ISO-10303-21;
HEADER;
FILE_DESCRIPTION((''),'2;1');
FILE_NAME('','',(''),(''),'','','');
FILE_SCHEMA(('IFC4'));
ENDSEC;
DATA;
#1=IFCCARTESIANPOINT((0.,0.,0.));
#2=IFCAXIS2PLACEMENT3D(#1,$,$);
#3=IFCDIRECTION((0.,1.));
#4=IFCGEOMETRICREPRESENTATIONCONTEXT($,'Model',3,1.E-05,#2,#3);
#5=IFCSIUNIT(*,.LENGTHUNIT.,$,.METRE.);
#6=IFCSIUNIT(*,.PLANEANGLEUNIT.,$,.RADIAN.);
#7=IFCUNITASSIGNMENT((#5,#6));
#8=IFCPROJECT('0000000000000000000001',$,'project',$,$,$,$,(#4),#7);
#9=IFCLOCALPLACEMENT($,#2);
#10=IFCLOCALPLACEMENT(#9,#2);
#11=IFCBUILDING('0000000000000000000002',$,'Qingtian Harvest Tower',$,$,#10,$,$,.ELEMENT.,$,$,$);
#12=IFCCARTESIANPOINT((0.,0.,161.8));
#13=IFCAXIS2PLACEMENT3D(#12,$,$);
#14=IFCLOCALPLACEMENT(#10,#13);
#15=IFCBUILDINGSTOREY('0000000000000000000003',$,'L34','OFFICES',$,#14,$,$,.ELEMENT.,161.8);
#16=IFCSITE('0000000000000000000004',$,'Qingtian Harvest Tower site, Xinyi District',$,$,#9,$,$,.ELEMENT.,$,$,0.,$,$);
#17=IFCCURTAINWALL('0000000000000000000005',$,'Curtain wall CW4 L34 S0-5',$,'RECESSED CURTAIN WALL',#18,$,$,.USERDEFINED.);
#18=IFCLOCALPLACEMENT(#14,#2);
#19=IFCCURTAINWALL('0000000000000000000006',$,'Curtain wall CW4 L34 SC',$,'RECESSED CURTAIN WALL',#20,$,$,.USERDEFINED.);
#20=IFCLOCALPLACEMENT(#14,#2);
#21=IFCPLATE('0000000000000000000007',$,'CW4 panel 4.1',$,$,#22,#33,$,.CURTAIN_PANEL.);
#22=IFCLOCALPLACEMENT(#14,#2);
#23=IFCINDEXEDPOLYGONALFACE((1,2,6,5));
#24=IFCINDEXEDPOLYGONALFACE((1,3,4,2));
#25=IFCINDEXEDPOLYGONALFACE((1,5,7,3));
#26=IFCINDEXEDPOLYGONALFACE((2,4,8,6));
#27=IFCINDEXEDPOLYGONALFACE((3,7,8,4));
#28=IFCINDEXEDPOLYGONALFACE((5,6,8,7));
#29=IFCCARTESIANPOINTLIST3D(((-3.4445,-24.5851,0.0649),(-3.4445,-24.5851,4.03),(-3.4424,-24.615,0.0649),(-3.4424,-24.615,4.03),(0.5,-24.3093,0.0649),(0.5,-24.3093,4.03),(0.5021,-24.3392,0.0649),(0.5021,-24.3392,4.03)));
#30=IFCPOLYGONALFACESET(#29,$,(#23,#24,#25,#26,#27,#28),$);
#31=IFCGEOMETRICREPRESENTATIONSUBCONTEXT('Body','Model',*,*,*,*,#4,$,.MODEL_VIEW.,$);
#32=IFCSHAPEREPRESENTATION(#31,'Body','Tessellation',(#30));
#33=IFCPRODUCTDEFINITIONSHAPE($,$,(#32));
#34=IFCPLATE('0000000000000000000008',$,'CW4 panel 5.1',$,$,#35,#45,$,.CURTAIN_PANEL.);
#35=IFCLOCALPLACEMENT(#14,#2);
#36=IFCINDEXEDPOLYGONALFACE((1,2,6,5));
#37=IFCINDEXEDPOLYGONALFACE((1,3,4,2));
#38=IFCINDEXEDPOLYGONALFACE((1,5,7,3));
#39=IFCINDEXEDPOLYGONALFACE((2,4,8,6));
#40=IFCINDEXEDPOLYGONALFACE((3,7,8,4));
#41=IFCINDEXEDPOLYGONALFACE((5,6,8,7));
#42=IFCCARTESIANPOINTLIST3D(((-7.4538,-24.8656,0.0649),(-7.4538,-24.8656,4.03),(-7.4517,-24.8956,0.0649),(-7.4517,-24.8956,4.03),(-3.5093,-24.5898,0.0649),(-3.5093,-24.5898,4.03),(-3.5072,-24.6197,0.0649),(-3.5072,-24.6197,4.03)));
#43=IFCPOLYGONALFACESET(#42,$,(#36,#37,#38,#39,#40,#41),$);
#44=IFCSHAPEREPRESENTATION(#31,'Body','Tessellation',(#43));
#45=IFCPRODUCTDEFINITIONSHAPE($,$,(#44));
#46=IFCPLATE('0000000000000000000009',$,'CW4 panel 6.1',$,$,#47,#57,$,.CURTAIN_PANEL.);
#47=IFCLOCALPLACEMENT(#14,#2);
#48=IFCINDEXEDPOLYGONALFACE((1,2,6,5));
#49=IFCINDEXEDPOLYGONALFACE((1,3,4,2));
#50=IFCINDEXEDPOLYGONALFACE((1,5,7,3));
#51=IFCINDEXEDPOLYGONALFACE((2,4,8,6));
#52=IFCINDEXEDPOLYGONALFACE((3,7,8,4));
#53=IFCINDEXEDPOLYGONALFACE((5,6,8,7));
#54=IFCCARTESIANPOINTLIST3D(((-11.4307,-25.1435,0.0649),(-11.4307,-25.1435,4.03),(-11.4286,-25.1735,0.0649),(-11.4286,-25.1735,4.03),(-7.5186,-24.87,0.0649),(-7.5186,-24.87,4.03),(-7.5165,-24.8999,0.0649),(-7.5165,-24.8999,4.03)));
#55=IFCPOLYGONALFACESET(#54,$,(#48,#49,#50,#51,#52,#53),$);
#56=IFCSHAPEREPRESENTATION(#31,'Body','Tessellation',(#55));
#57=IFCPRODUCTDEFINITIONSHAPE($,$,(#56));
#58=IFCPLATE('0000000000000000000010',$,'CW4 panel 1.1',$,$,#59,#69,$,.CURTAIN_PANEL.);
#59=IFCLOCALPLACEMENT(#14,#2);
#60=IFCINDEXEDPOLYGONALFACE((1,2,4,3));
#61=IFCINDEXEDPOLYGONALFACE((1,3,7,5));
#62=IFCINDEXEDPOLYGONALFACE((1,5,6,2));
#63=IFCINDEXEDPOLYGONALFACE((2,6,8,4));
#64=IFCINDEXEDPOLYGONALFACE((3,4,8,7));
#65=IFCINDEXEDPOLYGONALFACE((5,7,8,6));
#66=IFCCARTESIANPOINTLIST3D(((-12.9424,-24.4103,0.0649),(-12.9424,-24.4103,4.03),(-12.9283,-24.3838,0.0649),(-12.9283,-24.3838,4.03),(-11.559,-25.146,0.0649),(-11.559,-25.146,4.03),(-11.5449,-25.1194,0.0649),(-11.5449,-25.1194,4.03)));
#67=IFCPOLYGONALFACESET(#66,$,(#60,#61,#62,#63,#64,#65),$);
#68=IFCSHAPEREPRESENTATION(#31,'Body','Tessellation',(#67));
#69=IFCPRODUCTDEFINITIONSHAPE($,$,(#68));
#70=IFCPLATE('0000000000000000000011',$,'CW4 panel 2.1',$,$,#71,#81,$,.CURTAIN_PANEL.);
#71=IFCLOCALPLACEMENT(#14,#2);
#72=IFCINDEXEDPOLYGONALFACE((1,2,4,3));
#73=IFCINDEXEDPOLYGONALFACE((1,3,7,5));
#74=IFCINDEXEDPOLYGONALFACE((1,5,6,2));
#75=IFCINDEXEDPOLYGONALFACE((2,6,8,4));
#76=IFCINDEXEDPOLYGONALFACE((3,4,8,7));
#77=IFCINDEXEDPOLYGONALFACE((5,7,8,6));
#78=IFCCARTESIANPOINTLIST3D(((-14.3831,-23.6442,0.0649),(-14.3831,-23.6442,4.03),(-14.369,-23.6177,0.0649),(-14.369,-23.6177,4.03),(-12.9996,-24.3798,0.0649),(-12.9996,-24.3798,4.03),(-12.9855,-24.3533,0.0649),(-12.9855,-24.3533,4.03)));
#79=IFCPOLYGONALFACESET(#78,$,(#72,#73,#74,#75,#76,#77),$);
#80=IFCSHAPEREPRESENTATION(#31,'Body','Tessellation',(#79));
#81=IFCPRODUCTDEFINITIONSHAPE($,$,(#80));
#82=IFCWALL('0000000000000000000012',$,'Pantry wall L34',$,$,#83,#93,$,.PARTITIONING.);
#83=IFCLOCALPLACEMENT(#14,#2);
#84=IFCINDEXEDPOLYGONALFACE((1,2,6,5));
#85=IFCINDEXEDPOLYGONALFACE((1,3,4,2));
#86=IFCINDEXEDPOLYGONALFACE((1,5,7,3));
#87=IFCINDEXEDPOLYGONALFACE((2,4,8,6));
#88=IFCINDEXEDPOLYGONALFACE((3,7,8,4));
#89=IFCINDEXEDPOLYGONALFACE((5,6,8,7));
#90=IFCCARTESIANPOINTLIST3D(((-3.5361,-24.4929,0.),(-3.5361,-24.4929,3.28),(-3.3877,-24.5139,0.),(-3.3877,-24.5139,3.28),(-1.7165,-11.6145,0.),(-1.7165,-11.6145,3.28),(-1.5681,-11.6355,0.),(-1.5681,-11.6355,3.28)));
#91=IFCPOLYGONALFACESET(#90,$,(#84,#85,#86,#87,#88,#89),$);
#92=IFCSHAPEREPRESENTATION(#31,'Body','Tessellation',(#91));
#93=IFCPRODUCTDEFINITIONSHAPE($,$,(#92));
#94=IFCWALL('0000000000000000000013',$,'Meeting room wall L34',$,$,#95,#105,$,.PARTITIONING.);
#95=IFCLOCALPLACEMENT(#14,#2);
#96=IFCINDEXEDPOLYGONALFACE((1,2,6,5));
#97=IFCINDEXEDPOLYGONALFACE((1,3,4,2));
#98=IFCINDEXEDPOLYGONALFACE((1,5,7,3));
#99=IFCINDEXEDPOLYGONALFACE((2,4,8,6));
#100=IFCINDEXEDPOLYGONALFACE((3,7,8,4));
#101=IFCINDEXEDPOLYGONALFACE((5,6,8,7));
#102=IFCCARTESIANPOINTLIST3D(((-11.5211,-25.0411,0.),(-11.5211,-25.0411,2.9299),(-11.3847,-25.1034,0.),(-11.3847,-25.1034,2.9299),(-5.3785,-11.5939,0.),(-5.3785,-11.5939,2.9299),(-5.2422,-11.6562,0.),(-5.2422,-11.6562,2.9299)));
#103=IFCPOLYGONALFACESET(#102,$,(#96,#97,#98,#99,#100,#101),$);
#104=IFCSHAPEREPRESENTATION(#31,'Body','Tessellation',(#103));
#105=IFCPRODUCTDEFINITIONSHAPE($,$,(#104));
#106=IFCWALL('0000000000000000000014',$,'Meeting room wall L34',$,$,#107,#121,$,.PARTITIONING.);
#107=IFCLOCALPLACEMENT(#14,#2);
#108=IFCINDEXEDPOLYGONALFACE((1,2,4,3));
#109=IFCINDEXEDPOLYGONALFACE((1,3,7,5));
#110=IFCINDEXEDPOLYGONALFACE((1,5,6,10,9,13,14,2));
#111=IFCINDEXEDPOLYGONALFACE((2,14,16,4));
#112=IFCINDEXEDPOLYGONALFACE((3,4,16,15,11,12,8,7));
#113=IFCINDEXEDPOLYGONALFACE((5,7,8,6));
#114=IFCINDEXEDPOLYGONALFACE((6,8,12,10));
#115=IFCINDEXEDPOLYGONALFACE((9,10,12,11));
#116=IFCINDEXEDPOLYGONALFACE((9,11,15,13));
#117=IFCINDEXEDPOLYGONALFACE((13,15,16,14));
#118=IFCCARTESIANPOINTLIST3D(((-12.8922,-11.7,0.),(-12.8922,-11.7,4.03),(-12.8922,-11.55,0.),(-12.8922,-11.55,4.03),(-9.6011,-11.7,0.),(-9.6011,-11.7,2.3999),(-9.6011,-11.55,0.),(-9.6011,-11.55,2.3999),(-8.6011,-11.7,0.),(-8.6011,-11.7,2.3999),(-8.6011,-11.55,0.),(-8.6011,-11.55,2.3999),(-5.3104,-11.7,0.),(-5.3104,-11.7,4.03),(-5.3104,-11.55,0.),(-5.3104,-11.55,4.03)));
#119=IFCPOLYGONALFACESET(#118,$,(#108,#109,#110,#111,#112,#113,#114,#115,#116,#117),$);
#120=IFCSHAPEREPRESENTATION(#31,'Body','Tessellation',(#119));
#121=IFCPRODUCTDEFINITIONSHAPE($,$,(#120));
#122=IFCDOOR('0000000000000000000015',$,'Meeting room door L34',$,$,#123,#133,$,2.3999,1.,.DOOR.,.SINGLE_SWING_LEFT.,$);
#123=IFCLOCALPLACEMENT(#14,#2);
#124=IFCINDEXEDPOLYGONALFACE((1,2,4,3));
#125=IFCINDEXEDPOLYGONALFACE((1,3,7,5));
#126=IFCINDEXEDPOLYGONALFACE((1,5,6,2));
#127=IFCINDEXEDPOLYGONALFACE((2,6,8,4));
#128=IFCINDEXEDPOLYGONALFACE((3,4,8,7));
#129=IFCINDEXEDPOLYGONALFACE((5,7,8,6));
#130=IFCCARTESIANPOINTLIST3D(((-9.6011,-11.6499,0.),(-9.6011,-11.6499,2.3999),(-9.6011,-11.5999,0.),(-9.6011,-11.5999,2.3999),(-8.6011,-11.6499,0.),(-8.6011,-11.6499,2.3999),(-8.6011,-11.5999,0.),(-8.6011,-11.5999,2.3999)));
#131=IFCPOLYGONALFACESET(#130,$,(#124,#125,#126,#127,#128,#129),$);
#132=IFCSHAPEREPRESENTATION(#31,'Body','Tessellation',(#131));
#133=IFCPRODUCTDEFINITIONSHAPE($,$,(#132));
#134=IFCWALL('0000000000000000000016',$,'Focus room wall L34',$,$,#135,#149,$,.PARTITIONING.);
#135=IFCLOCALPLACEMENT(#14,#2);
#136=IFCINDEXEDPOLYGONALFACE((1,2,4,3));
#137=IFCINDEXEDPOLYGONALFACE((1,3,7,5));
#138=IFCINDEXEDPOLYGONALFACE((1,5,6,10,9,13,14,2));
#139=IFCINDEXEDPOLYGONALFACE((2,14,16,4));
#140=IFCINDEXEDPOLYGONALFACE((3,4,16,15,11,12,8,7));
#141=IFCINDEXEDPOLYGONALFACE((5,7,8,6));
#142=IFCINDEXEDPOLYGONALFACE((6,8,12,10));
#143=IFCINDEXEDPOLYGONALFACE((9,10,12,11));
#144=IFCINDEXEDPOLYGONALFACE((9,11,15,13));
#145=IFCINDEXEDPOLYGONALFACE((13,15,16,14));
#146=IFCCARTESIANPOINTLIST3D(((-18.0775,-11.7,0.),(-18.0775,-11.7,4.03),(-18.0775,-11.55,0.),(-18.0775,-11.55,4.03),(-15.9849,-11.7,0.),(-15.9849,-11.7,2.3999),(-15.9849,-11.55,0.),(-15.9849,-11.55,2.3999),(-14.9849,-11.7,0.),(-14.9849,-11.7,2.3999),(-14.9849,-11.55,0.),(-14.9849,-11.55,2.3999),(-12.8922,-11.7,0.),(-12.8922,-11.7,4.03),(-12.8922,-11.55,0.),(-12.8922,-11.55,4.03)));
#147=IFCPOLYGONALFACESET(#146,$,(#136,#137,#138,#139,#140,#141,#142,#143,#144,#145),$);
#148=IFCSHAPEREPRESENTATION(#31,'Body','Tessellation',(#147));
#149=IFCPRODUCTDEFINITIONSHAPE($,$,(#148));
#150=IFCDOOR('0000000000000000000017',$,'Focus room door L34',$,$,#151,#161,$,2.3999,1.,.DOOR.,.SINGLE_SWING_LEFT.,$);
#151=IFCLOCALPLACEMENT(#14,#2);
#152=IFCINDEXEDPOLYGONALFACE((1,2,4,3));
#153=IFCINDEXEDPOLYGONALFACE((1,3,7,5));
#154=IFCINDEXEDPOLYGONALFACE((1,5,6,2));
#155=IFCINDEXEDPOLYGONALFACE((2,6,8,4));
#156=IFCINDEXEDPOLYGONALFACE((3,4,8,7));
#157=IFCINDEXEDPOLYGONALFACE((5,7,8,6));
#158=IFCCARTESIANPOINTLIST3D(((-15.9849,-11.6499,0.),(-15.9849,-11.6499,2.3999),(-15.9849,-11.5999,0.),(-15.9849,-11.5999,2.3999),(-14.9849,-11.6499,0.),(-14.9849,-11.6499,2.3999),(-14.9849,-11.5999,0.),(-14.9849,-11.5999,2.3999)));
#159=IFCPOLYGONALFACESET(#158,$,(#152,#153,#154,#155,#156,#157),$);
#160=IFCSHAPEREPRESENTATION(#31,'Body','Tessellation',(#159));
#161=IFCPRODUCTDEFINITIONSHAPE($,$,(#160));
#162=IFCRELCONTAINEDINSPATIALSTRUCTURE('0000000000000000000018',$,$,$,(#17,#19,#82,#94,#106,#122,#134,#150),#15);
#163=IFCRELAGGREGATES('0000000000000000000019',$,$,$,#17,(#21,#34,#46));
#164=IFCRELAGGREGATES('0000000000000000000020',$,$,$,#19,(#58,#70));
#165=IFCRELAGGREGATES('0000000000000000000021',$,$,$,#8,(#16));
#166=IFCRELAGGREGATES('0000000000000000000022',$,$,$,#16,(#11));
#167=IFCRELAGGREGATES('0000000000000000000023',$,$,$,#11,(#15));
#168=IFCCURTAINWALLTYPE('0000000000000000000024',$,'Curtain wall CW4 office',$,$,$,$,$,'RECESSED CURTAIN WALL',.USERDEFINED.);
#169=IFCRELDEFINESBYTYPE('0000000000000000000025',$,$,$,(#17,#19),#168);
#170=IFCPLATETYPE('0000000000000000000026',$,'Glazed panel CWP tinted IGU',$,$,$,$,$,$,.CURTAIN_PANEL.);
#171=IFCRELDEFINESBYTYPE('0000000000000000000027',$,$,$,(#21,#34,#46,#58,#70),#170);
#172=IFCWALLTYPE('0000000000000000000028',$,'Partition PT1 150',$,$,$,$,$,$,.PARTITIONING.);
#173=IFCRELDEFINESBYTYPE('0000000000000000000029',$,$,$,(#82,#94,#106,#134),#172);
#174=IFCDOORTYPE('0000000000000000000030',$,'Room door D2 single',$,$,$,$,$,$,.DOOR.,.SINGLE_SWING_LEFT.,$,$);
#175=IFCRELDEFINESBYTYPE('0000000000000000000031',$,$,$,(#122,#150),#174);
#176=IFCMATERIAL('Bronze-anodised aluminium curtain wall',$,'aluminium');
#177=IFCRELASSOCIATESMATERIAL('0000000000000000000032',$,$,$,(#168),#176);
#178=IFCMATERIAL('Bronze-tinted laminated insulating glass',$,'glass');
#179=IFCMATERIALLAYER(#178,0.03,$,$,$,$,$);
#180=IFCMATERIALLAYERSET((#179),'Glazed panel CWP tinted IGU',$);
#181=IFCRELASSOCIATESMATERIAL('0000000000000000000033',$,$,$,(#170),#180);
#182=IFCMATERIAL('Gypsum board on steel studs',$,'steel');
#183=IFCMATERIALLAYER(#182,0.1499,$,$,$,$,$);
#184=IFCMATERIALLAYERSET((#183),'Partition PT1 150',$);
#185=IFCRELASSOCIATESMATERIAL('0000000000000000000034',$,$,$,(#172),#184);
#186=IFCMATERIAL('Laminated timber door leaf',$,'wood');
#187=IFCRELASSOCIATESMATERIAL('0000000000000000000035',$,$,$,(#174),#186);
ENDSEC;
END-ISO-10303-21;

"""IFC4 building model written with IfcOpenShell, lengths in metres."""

from ifc_helpers import new_model, si_unit, direction, frame, frame_2d, origin, origin_2d, place, context, subcontext, project, spatial, rectangle, extrude, material, layer, layer_set, type_object, element, fill, aggregate, save


model = new_model("IFC4")

# Units and contexts
model_context = context("Model", 3, precision=1e-05, world=origin(), true_north=direction((0.0, 1.0)))
body_context = subcontext(model_context, "Body", "Model", "MODEL_VIEW")
ifc_project = project(units=[si_unit("LENGTHUNIT", "METRE"), si_unit("PLANEANGLEUNIT", "RADIAN")], contexts=[model_context])

# Site, building, storey
site_placement = place(None, origin())
site = spatial("IfcSite", under=ifc_project, at=site_placement, Name="Qingtian Harvest Tower site, Xinyi District", CompositionType="ELEMENT", RefElevation=0.0)
building_placement = place(site_placement, origin())
building = spatial("IfcBuilding", under=site, at=building_placement, Name="Qingtian Harvest Tower", CompositionType="ELEMENT")
storey_placement = place(building_placement, frame((0.0, 0.0, 161.8)))
storey = spatial("IfcBuildingStorey", under=building, at=storey_placement, Name="L34", Description="OFFICES", CompositionType="ELEMENT", Elevation=161.8)

# Curtain walls
ifc_material_1 = material(Name="Bronze-anodised aluminium curtain wall", Category="aluminium")
curtain_wall_type = type_object("IfcCurtainWallType", Name="Curtain wall CW4 office", ElementType="RECESSED CURTAIN WALL", PredefinedType="USERDEFINED", material=ifc_material_1)
curtain_wall_1_placement = place(storey_placement, origin())
curtain_wall_1 = element("IfcCurtainWall", 1, at=curtain_wall_1_placement, inside=storey, type_object=curtain_wall_type, Name="Curtain wall CW4 L34 S0-5", ObjectType="RECESSED CURTAIN WALL", PredefinedType="USERDEFINED")
curtain_wall_2_placement = place(storey_placement, origin())
curtain_wall_2 = element("IfcCurtainWall", 2, at=curtain_wall_2_placement, inside=storey, type_object=curtain_wall_type, Name="Curtain wall CW4 L34 SC", ObjectType="RECESSED CURTAIN WALL", PredefinedType="USERDEFINED")

# Plates
ifc_material_2 = material(Name="Bronze-tinted laminated insulating glass", Category="glass")
ifc_layer_1 = layer(ifc_material_2, 0.03)
ifc_layer_set_1 = layer_set([ifc_layer_1], Name="Glazed panel CWP tinted IGU")
plate_type = type_object("IfcPlateType", Name="Glazed panel CWP tinted IGU", PredefinedType="CURTAIN_PANEL", material=ifc_layer_set_1)
plate_1_placement = place(storey_placement, frame((-1.4712, -24.4622, 0.0649), z_axis=(0.0, 0.0, 1.0), x_axis=(-0.997564, -0.069756, 0.0)))
plate_1 = element("IfcPlate", 3, at=plate_1_placement, type_object=plate_type, Name="CW4 panel 4.1", PredefinedType="CURTAIN_PANEL", context=body_context, shape_type="SweptSolid", body=[
    extrude(rectangle(XDim=3.9541, YDim=0.03, at=origin_2d()), origin(), (0.0, 0.0, 1.0), 3.9651),
])
plate_2_placement = place(storey_placement, frame((-5.4805, -24.7427, 0.0649), z_axis=(0.0, 0.0, 1.0), x_axis=(-0.997564, -0.069756, 0.0)))
plate_2 = element("IfcPlate", 4, at=plate_2_placement, type_object=plate_type, Name="CW4 panel 5.1", PredefinedType="CURTAIN_PANEL", context=body_context, shape_type="SweptSolid", body=[
    extrude(rectangle(XDim=3.9541, YDim=0.03, at=origin_2d()), origin(), (0.0, 0.0, 1.0), 3.9651),
])
plate_3_placement = place(storey_placement, frame((-9.4736, -25.0217, 0.0649), z_axis=(0.0, 0.0, 1.0), x_axis=(-0.997564, -0.069756, 0.0)))
plate_3 = element("IfcPlate", 5, at=plate_3_placement, type_object=plate_type, Name="CW4 panel 6.1", PredefinedType="CURTAIN_PANEL", context=body_context, shape_type="SweptSolid", body=[
    extrude(rectangle(XDim=3.9216, YDim=0.03, at=origin_2d()), origin(), (0.0, 0.0, 1.0), 3.9651),
])
aggregate(curtain_wall_1, [plate_1, plate_2, plate_3])
plate_4_placement = place(storey_placement, frame((-12.2437, -24.7649, 0.0649), z_axis=(0.0, 0.0, 1.0), x_axis=(-0.882948, 0.469472, 0.0)))
plate_4 = element("IfcPlate", 6, at=plate_4_placement, type_object=plate_type, Name="CW4 panel 1.1", PredefinedType="CURTAIN_PANEL", context=body_context, shape_type="SweptSolid", body=[
    extrude(rectangle(XDim=1.5669, YDim=0.03, at=origin_2d()), origin(), (0.0, 0.0, 1.0), 3.9651),
])
plate_5_placement = place(storey_placement, frame((-13.6843, -23.9988, 0.0649), z_axis=(0.0, 0.0, 1.0), x_axis=(-0.882948, 0.469472, 0.0)))
plate_5 = element("IfcPlate", 7, at=plate_5_placement, type_object=plate_type, Name="CW4 panel 2.1", PredefinedType="CURTAIN_PANEL", context=body_context, shape_type="SweptSolid", body=[
    extrude(rectangle(XDim=1.5669, YDim=0.03, at=origin_2d()), origin(), (0.0, 0.0, 1.0), 3.9651),
])
aggregate(curtain_wall_2, [plate_4, plate_5])

# Walls
ifc_material_3 = material(Name="Gypsum board on steel studs", Category="steel")
ifc_layer_2 = layer(ifc_material_3, 0.1499)
ifc_layer_set_2 = layer_set([ifc_layer_2], Name="Partition PT1 150")
wall_type = type_object("IfcWallType", Name="Partition PT1 150", PredefinedType="PARTITIONING", material=ifc_layer_set_2)
wall_1_placement = place(storey_placement, frame((-3.4619, -24.5034, 0.0), z_axis=(0.0, 0.0, 1.0), x_axis=(0.1399, 0.990166, 0.0)))
element("IfcWall", 8, at=wall_1_placement, inside=storey, type_object=wall_type, Name="Pantry wall L34", PredefinedType="PARTITIONING", context=body_context, shape_type="SweptSolid", body=[
    extrude(rectangle(XDim=13.0063, YDim=0.1499, at=frame_2d((6.5032, 0.0))), origin(), (0.0, 0.0, 1.0), 3.28),
])
wall_2_placement = place(storey_placement, frame((-11.4529, -25.0723, 0.0), z_axis=(0.0, 0.0, 1.0), x_axis=(0.415494, 0.909596, 0.0)))
element("IfcWall", 9, at=wall_2_placement, inside=storey, type_object=wall_type, Name="Meeting room wall L34", PredefinedType="PARTITIONING", context=body_context, shape_type="SweptSolid", body=[
    extrude(rectangle(XDim=14.7837, YDim=0.1499, at=frame_2d((7.3918, 0.0))), origin(), (0.0, 0.0, 1.0), 2.9299),
])

# Walls, openings, doors
wall_3_placement = place(storey_placement, frame((-5.3103, -11.625, 0.0), z_axis=(0.0, 0.0, 1.0), x_axis=(-1.0, 0.0, 0.0)))
wall_3 = element("IfcWall", 10, at=wall_3_placement, inside=storey, type_object=wall_type, Name="Meeting room wall L34", PredefinedType="PARTITIONING", context=body_context, shape_type="SweptSolid", body=[
    extrude(rectangle(XDim=7.5818, YDim=0.1499, at=frame_2d((3.791, 0.0))), origin(), (0.0, 0.0, 1.0), 4.03),
])
opening_1_placement = place(wall_3_placement, frame((3.2908, 0.0, 0.0)))
opening_1 = element("IfcOpeningElement", 11, at=opening_1_placement, cuts=wall_3, PredefinedType="OPENING", context=body_context, shape_type="SweptSolid", body=[
    extrude(rectangle(XDim=1.0, YDim=2.3999, at=frame_2d((0.5, 1.2))), frame((0.0, 0.085, 0.0), z_axis=(0.0, -1.0, 0.0), x_axis=(1.0, 0.0, 0.0)), (0.0, 0.0, 1.0), 0.1699),
])
ifc_material_4 = material(Name="Laminated timber door leaf", Category="wood")
door_type = type_object("IfcDoorType", Name="Room door D2 single", OperationType="SINGLE_SWING_LEFT", PredefinedType="DOOR", material=ifc_material_4)
door_1_placement = place(opening_1_placement, origin())
door_1 = element("IfcDoor", 12, at=door_1_placement, inside=storey, type_object=door_type, Name="Meeting room door L34", OperationType="SINGLE_SWING_LEFT", OverallHeight=2.3999, OverallWidth=1.0, PredefinedType="DOOR", context=body_context, shape_type="SweptSolid", body=[
    extrude(rectangle(XDim=1.0, YDim=2.3999, at=frame_2d((0.5, 1.2))), frame((0.0, 0.0249, 0.0), z_axis=(0.0, -1.0, 0.0), x_axis=(1.0, 0.0, 0.0)), (0.0, 0.0, 1.0), 0.05),
])
fill(opening_1, door_1)
wall_4_placement = place(storey_placement, frame((-12.8921, -11.625, 0.0), z_axis=(0.0, 0.0, 1.0), x_axis=(-1.0, 0.0, 0.0)))
wall_4 = element("IfcWall", 13, at=wall_4_placement, inside=storey, type_object=wall_type, Name="Focus room wall L34", PredefinedType="PARTITIONING", context=body_context, shape_type="SweptSolid", body=[
    extrude(rectangle(XDim=5.1853, YDim=0.1499, at=frame_2d((2.5928, 0.0))), origin(), (0.0, 0.0, 1.0), 4.03),
])
opening_2_placement = place(wall_4_placement, frame((2.0928, 0.0, 0.0)))
opening_2 = element("IfcOpeningElement", 14, at=opening_2_placement, cuts=wall_4, PredefinedType="OPENING", context=body_context, shape_type="SweptSolid", body=[
    extrude(rectangle(XDim=1.0, YDim=2.3999, at=frame_2d((0.5, 1.2))), frame((0.0, 0.085, 0.0), z_axis=(0.0, -1.0, 0.0), x_axis=(1.0, 0.0, 0.0)), (0.0, 0.0, 1.0), 0.1699),
])
door_2_placement = place(opening_2_placement, origin())
door_2 = element("IfcDoor", 15, at=door_2_placement, inside=storey, type_object=door_type, Name="Focus room door L34", OperationType="SINGLE_SWING_LEFT", OverallHeight=2.3999, OverallWidth=1.0, PredefinedType="DOOR", context=body_context, shape_type="SweptSolid", body=[
    extrude(rectangle(XDim=1.0, YDim=2.3999, at=frame_2d((0.5, 1.2))), frame((0.0, 0.0249, 0.0), z_axis=(0.0, -1.0, 0.0), x_axis=(1.0, 0.0, 0.0)), (0.0, 0.0, 1.0), 0.05),
])
fill(opening_2, door_2)

save(model, "model.ifc")
